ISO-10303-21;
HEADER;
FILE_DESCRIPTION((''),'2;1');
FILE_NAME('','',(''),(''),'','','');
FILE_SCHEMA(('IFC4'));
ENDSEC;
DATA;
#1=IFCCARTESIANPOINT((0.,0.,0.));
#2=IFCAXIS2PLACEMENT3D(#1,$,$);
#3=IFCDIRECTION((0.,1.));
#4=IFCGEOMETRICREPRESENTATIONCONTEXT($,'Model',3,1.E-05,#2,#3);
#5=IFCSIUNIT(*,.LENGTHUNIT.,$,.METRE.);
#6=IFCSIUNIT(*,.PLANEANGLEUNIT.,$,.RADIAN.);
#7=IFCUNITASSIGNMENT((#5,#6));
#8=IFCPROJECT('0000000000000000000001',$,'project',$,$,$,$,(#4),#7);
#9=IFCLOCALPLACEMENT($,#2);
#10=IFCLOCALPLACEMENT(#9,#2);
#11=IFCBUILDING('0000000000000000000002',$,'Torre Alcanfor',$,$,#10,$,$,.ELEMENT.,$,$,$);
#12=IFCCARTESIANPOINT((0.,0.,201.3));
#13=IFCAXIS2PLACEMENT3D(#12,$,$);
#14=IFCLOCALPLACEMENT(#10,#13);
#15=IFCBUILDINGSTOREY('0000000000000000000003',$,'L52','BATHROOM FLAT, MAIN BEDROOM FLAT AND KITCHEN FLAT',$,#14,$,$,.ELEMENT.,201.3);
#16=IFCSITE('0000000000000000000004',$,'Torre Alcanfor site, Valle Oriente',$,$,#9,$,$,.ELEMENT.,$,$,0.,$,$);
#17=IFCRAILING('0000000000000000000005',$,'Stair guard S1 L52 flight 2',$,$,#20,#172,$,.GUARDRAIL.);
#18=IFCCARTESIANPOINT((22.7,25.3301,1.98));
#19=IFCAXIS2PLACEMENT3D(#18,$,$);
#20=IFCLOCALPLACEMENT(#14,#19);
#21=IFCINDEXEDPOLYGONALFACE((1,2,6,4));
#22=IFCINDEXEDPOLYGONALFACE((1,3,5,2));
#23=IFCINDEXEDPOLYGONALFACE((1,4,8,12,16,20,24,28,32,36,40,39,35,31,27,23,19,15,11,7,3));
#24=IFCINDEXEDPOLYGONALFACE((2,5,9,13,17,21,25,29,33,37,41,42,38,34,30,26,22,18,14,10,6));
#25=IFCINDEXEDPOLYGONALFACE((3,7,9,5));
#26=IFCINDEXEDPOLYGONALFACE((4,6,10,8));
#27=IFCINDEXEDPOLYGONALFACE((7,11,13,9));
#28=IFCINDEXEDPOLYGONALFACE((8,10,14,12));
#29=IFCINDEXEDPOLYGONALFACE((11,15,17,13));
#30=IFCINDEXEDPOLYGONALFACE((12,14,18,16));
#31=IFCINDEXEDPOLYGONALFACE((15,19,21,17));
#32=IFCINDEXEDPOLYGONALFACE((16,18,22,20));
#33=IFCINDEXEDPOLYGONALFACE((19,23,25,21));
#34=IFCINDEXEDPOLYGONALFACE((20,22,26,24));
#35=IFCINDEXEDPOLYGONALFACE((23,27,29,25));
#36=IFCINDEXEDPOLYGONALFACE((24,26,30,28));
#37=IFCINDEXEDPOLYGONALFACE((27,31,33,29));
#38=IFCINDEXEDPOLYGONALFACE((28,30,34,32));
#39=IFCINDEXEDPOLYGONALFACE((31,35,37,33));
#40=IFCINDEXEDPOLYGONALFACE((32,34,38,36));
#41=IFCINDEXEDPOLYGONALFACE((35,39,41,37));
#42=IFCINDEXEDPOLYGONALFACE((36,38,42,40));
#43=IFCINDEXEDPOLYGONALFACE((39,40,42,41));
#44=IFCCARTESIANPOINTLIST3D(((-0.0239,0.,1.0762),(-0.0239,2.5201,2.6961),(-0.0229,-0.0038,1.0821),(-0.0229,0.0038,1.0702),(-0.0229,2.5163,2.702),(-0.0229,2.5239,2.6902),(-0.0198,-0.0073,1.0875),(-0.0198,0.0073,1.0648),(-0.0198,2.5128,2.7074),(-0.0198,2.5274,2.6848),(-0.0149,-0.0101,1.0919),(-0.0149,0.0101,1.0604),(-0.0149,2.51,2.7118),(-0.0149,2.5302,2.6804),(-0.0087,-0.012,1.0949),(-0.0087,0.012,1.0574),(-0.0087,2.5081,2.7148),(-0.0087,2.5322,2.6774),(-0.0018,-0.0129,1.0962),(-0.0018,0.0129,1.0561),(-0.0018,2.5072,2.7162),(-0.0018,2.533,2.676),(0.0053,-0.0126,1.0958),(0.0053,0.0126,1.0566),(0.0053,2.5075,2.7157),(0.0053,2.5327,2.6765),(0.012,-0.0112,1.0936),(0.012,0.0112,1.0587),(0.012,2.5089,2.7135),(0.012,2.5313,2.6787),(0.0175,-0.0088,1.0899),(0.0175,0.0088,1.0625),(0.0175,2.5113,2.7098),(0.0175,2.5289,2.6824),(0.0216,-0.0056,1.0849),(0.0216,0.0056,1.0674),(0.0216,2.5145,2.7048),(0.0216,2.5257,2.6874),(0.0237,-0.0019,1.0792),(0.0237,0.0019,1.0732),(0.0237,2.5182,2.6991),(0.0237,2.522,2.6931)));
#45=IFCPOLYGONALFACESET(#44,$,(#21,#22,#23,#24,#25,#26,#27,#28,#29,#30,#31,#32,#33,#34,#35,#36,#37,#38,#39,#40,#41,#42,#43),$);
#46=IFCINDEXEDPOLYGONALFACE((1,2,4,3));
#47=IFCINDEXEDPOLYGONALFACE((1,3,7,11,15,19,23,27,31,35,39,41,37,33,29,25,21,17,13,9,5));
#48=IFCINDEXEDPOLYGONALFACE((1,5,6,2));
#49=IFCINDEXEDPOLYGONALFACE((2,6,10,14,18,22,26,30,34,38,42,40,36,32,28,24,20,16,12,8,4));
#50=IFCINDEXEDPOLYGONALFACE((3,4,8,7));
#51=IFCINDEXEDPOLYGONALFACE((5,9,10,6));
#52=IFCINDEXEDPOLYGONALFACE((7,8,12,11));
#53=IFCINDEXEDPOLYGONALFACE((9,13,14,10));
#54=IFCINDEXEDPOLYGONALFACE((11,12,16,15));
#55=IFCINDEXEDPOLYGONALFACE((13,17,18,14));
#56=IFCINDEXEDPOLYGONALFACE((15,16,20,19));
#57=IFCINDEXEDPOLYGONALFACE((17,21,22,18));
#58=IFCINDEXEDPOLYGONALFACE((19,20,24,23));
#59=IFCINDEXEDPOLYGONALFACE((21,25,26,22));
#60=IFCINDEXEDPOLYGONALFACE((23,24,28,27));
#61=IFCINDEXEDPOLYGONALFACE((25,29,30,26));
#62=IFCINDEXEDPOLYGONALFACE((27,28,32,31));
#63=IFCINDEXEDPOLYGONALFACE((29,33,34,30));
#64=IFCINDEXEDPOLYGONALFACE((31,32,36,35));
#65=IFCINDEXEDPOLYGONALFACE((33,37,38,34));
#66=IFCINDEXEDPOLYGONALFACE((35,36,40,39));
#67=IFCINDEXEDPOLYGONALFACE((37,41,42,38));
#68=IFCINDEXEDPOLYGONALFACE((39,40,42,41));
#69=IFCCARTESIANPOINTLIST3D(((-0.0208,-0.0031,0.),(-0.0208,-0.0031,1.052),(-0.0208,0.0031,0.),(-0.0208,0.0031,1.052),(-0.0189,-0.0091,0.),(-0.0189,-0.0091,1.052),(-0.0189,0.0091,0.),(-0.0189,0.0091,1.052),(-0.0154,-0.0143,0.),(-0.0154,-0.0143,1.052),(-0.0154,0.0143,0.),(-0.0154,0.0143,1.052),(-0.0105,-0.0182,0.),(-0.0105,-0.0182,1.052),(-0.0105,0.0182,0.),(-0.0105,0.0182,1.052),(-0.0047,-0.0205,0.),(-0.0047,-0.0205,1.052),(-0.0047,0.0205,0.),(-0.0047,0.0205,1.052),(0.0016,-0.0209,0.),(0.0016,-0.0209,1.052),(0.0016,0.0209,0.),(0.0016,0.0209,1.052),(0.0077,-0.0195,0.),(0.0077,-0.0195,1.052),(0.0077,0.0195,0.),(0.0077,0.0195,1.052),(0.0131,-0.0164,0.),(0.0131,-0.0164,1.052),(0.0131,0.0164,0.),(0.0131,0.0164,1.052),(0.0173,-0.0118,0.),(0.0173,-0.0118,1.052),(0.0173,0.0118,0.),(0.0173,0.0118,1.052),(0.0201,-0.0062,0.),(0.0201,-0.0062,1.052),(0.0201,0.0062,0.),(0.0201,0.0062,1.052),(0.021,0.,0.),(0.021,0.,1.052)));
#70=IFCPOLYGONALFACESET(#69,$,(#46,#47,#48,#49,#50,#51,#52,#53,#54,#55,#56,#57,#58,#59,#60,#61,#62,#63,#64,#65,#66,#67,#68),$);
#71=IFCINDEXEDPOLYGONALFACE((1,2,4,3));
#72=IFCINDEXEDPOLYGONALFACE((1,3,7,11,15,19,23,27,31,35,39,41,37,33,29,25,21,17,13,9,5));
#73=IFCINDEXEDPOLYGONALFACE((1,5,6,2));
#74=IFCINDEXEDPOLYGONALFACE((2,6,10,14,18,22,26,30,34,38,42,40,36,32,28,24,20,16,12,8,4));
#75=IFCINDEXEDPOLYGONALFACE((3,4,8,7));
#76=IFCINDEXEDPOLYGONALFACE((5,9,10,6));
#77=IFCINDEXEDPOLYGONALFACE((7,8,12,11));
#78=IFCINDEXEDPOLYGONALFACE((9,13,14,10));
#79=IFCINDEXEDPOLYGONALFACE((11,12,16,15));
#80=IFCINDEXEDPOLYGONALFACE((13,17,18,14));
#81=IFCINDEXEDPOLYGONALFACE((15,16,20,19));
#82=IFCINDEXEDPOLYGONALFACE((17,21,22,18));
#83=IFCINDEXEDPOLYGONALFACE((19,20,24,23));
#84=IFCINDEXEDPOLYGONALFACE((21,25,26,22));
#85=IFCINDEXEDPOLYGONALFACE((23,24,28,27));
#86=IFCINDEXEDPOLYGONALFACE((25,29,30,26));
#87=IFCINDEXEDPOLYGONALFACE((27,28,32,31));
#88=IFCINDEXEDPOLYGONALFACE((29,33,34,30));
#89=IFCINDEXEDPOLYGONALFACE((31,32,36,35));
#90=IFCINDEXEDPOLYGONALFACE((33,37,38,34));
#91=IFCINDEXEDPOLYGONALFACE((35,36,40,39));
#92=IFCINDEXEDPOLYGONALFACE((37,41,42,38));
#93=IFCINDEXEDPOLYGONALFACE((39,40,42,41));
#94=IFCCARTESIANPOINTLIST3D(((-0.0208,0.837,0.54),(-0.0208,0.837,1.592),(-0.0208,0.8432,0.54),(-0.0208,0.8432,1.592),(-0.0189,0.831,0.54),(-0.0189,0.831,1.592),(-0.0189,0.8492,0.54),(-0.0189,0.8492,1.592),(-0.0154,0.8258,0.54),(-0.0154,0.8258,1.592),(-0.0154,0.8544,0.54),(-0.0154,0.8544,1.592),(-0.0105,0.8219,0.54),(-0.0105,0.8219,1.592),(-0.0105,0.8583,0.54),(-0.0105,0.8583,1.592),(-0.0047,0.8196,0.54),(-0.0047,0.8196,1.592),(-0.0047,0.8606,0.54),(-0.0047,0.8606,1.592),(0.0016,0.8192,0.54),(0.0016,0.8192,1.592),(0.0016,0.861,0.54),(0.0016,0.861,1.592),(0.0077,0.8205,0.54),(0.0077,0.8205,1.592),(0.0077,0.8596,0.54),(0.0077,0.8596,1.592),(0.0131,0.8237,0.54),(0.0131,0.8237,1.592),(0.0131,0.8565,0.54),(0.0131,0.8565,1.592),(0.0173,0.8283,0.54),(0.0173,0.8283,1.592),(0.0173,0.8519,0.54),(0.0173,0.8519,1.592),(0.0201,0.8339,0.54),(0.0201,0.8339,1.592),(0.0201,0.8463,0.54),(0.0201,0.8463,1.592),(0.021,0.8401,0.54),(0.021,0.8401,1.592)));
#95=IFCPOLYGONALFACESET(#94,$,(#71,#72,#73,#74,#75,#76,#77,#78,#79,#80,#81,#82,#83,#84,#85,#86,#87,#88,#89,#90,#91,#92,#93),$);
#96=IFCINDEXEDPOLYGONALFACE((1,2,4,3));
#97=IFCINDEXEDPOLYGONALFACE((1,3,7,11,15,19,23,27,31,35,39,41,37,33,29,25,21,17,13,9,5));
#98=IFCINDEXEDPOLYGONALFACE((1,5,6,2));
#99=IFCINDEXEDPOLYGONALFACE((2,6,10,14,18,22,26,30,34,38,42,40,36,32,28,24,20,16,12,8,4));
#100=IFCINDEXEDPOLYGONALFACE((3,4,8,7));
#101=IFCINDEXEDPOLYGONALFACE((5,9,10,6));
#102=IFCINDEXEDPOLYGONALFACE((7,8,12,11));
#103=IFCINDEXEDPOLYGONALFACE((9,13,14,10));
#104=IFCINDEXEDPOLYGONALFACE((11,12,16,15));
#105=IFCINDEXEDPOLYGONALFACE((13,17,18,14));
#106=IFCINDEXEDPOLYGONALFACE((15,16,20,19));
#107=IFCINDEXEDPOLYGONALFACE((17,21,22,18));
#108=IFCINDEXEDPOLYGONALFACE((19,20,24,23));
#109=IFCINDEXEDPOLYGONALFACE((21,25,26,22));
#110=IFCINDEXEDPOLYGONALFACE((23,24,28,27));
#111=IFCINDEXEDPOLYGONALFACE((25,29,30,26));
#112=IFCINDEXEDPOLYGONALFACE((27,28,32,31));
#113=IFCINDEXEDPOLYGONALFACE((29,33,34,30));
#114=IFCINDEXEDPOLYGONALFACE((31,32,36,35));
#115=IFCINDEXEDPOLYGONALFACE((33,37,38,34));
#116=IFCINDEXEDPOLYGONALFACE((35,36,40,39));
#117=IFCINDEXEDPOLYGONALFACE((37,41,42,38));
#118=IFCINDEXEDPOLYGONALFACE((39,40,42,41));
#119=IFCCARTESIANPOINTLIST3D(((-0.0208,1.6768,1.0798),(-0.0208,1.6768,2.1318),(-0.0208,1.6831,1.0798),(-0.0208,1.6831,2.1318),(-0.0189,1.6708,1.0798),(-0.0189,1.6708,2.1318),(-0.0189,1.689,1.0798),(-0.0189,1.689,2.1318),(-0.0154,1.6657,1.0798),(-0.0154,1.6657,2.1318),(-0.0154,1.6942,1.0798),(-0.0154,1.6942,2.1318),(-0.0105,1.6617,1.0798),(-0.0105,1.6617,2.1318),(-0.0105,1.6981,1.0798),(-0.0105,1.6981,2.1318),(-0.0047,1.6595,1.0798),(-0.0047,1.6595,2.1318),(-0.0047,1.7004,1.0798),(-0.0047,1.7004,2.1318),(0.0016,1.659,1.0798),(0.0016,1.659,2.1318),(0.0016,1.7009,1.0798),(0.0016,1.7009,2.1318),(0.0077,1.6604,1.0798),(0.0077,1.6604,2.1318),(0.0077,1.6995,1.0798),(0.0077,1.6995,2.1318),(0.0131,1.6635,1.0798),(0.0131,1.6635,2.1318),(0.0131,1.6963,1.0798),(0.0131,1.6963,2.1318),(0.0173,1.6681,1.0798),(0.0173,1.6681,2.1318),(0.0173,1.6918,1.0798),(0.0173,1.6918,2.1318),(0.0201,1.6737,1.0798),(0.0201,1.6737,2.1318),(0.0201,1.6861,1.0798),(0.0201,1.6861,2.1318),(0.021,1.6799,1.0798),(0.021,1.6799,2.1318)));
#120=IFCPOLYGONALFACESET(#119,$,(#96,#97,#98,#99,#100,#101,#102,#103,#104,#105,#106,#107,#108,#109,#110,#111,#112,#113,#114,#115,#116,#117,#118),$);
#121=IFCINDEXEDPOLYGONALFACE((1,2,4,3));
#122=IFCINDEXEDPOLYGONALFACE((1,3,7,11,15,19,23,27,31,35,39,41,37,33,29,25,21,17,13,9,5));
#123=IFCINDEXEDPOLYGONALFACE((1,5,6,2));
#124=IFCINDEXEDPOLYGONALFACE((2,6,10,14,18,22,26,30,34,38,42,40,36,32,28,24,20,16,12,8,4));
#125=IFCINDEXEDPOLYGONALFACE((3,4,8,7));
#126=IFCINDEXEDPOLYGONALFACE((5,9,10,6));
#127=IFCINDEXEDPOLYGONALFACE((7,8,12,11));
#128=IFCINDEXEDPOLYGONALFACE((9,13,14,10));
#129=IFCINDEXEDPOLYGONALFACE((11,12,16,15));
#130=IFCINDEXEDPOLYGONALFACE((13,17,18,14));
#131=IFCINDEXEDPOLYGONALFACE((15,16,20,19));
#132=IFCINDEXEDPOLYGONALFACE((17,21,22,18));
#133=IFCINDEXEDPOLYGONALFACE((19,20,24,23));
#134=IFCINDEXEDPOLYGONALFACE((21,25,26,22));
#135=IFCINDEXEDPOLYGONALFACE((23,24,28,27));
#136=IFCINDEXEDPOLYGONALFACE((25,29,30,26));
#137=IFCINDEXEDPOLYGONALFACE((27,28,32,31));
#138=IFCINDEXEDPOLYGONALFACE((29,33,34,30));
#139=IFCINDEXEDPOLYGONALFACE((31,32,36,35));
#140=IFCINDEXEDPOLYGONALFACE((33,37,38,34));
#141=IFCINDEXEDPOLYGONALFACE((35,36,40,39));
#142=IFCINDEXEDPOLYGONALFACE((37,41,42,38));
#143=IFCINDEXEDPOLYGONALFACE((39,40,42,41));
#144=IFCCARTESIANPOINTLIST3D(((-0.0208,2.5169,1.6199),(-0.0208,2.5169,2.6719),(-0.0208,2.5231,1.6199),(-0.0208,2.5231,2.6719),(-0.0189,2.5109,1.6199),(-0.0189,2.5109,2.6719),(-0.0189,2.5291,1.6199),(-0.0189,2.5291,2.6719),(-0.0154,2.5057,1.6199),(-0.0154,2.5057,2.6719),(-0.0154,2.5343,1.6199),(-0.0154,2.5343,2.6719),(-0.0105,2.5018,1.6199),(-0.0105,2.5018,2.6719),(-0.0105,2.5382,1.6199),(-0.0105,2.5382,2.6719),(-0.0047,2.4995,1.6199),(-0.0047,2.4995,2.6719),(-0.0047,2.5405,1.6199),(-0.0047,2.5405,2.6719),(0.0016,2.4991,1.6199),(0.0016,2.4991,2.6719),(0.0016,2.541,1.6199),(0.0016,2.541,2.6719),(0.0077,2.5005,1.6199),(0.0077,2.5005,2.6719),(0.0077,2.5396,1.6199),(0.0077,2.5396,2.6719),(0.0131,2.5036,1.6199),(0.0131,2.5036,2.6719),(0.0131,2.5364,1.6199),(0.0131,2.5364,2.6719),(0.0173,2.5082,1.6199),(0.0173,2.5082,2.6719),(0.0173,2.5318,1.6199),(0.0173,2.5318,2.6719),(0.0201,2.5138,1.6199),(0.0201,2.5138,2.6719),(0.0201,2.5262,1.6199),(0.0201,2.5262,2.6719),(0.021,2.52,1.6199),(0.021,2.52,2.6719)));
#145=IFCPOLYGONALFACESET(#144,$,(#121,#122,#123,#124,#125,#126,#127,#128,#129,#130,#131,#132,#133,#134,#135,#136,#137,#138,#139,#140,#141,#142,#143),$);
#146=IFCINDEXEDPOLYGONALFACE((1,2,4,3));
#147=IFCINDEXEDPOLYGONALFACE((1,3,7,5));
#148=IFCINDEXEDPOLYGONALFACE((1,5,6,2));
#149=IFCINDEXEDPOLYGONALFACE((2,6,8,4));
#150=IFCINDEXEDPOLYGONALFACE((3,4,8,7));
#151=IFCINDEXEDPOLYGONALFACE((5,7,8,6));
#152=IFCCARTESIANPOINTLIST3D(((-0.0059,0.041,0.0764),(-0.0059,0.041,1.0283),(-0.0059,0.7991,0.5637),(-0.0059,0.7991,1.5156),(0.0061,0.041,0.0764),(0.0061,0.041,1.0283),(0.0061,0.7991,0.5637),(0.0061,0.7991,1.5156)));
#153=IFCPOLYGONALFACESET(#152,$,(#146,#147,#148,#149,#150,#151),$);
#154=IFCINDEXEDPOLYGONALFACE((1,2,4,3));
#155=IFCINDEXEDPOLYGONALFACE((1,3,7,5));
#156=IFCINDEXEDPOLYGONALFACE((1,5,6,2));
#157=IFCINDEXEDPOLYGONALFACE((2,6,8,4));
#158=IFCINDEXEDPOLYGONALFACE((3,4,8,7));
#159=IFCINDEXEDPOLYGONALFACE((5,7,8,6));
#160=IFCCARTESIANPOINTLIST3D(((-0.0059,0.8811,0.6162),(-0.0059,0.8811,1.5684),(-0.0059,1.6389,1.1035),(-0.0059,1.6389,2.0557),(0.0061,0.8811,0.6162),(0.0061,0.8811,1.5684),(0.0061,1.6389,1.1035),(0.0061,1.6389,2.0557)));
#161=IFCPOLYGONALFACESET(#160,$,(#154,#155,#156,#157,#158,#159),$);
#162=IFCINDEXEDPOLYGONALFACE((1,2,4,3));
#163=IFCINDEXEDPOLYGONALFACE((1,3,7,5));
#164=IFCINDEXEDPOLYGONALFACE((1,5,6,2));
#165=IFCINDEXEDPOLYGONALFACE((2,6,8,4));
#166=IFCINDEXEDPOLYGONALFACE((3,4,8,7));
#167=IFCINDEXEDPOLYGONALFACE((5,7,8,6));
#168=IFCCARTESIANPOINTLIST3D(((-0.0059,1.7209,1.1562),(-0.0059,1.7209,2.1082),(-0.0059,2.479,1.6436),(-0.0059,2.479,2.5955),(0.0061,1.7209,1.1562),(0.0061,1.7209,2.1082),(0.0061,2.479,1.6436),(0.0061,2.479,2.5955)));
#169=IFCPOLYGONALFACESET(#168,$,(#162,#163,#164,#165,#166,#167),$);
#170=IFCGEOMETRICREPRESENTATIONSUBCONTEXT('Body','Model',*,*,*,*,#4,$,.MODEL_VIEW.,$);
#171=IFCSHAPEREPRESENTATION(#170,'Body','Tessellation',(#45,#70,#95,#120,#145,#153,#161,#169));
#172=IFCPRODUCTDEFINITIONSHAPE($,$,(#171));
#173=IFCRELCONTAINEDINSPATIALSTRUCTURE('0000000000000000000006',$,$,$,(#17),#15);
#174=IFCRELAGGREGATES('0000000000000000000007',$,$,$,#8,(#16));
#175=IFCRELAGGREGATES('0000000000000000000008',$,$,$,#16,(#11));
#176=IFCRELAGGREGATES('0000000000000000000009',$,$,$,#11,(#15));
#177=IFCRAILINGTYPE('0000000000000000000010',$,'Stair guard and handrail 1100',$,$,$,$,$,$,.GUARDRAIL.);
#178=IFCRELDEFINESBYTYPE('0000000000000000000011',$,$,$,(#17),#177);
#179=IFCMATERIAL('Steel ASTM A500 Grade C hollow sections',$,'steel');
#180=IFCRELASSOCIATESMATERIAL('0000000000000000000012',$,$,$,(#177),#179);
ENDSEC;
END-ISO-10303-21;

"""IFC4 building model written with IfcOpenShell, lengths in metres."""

from ifc_helpers import new_model, si_unit, direction, frame, origin, origin_2d, place, context, subcontext, project, spatial, polyline, circle, outline, extrude, material, type_object, element, save


model = new_model("IFC4")

# Units and contexts
model_context = context("Model", 3, precision=1e-05, world=origin(), true_north=direction((0.0, 1.0)))
body_context = subcontext(model_context, "Body", "Model", "MODEL_VIEW")
ifc_project = project(units=[si_unit("LENGTHUNIT", "METRE"), si_unit("PLANEANGLEUNIT", "RADIAN")], contexts=[model_context])

# Site, building, storey
site_placement = place(None, origin())
site = spatial("IfcSite", under=ifc_project, at=site_placement, Name="Torre Alcanfor site, Valle Oriente", CompositionType="ELEMENT", RefElevation=0.0)
building_placement = place(site_placement, origin())
building = spatial("IfcBuilding", under=site, at=building_placement, Name="Torre Alcanfor", CompositionType="ELEMENT")
storey_placement = place(building_placement, frame((0.0, 0.0, 201.3)))
storey = spatial("IfcBuildingStorey", under=building, at=storey_placement, Name="L52", Description="BATHROOM FLAT, MAIN BEDROOM FLAT AND KITCHEN FLAT", CompositionType="ELEMENT", Elevation=201.3)

# Railing
ifc_material_1 = material(Name="Steel ASTM A500 Grade C hollow sections", Category="steel")
railing_type_1 = type_object("IfcRailingType", Name="Stair guard and handrail 1100", PredefinedType="GUARDRAIL", material=ifc_material_1)
railing_1_placement = place(storey_placement, frame((22.7, 25.3301, 1.98)))
element("IfcRailing", 1, at=railing_1_placement, inside=storey, type_object=railing_type_1, Name="Stair guard S1 L52 flight 2", PredefinedType="GUARDRAIL", context=body_context, shape_type="SweptSolid", body=[
    extrude(circle(Radius=0.0239, at=origin_2d()), frame((0.0, 0.0, 1.0762), z_axis=(0.0, 0.8412, 0.540725), x_axis=(-1.0, 0.0, 0.0)), (0.0, 0.0, 1.0), 2.9958),
    extrude(circle(Radius=0.021, at=origin_2d()), origin(), (0.0, 0.0, 1.0), 1.052),
    extrude(circle(Radius=0.021, at=origin_2d()), frame((0.0, 0.8401, 0.54)), (0.0, 0.0, 1.0), 1.052),
    extrude(circle(Radius=0.021, at=origin_2d()), frame((0.0, 1.6799, 1.0798)), (0.0, 0.0, 1.0), 1.052),
    extrude(circle(Radius=0.021, at=origin_2d()), frame((0.0, 2.52, 1.6199)), (0.0, 0.0, 1.0), 1.052),
    extrude(outline(polyline([(0.041, 0.0764), (0.7991, 0.5637), (0.7991, 1.5156), (0.041, 1.0283), (0.041, 0.0764)])), frame((-0.0059, 0.0, 0.0), z_axis=(1.0, 0.0, 0.0), x_axis=(0.0, 1.0, 0.0)), (0.0, 0.0, 1.0), 0.012),
    extrude(outline(polyline([(0.8811, 0.6162), (1.6389, 1.1035), (1.6389, 2.0557), (0.8811, 1.5684), (0.8811, 0.6162)])), frame((-0.0059, 0.0, 0.0), z_axis=(1.0, 0.0, 0.0), x_axis=(0.0, 1.0, 0.0)), (0.0, 0.0, 1.0), 0.012),
    extrude(outline(polyline([(1.7209, 1.1562), (2.479, 1.6436), (2.479, 2.5955), (1.7209, 2.1082), (1.7209, 1.1562)])), frame((-0.0059, 0.0, 0.0), z_axis=(1.0, 0.0, 0.0), x_axis=(0.0, 1.0, 0.0)), (0.0, 0.0, 1.0), 0.012),
])

save(model, "model.ifc")
